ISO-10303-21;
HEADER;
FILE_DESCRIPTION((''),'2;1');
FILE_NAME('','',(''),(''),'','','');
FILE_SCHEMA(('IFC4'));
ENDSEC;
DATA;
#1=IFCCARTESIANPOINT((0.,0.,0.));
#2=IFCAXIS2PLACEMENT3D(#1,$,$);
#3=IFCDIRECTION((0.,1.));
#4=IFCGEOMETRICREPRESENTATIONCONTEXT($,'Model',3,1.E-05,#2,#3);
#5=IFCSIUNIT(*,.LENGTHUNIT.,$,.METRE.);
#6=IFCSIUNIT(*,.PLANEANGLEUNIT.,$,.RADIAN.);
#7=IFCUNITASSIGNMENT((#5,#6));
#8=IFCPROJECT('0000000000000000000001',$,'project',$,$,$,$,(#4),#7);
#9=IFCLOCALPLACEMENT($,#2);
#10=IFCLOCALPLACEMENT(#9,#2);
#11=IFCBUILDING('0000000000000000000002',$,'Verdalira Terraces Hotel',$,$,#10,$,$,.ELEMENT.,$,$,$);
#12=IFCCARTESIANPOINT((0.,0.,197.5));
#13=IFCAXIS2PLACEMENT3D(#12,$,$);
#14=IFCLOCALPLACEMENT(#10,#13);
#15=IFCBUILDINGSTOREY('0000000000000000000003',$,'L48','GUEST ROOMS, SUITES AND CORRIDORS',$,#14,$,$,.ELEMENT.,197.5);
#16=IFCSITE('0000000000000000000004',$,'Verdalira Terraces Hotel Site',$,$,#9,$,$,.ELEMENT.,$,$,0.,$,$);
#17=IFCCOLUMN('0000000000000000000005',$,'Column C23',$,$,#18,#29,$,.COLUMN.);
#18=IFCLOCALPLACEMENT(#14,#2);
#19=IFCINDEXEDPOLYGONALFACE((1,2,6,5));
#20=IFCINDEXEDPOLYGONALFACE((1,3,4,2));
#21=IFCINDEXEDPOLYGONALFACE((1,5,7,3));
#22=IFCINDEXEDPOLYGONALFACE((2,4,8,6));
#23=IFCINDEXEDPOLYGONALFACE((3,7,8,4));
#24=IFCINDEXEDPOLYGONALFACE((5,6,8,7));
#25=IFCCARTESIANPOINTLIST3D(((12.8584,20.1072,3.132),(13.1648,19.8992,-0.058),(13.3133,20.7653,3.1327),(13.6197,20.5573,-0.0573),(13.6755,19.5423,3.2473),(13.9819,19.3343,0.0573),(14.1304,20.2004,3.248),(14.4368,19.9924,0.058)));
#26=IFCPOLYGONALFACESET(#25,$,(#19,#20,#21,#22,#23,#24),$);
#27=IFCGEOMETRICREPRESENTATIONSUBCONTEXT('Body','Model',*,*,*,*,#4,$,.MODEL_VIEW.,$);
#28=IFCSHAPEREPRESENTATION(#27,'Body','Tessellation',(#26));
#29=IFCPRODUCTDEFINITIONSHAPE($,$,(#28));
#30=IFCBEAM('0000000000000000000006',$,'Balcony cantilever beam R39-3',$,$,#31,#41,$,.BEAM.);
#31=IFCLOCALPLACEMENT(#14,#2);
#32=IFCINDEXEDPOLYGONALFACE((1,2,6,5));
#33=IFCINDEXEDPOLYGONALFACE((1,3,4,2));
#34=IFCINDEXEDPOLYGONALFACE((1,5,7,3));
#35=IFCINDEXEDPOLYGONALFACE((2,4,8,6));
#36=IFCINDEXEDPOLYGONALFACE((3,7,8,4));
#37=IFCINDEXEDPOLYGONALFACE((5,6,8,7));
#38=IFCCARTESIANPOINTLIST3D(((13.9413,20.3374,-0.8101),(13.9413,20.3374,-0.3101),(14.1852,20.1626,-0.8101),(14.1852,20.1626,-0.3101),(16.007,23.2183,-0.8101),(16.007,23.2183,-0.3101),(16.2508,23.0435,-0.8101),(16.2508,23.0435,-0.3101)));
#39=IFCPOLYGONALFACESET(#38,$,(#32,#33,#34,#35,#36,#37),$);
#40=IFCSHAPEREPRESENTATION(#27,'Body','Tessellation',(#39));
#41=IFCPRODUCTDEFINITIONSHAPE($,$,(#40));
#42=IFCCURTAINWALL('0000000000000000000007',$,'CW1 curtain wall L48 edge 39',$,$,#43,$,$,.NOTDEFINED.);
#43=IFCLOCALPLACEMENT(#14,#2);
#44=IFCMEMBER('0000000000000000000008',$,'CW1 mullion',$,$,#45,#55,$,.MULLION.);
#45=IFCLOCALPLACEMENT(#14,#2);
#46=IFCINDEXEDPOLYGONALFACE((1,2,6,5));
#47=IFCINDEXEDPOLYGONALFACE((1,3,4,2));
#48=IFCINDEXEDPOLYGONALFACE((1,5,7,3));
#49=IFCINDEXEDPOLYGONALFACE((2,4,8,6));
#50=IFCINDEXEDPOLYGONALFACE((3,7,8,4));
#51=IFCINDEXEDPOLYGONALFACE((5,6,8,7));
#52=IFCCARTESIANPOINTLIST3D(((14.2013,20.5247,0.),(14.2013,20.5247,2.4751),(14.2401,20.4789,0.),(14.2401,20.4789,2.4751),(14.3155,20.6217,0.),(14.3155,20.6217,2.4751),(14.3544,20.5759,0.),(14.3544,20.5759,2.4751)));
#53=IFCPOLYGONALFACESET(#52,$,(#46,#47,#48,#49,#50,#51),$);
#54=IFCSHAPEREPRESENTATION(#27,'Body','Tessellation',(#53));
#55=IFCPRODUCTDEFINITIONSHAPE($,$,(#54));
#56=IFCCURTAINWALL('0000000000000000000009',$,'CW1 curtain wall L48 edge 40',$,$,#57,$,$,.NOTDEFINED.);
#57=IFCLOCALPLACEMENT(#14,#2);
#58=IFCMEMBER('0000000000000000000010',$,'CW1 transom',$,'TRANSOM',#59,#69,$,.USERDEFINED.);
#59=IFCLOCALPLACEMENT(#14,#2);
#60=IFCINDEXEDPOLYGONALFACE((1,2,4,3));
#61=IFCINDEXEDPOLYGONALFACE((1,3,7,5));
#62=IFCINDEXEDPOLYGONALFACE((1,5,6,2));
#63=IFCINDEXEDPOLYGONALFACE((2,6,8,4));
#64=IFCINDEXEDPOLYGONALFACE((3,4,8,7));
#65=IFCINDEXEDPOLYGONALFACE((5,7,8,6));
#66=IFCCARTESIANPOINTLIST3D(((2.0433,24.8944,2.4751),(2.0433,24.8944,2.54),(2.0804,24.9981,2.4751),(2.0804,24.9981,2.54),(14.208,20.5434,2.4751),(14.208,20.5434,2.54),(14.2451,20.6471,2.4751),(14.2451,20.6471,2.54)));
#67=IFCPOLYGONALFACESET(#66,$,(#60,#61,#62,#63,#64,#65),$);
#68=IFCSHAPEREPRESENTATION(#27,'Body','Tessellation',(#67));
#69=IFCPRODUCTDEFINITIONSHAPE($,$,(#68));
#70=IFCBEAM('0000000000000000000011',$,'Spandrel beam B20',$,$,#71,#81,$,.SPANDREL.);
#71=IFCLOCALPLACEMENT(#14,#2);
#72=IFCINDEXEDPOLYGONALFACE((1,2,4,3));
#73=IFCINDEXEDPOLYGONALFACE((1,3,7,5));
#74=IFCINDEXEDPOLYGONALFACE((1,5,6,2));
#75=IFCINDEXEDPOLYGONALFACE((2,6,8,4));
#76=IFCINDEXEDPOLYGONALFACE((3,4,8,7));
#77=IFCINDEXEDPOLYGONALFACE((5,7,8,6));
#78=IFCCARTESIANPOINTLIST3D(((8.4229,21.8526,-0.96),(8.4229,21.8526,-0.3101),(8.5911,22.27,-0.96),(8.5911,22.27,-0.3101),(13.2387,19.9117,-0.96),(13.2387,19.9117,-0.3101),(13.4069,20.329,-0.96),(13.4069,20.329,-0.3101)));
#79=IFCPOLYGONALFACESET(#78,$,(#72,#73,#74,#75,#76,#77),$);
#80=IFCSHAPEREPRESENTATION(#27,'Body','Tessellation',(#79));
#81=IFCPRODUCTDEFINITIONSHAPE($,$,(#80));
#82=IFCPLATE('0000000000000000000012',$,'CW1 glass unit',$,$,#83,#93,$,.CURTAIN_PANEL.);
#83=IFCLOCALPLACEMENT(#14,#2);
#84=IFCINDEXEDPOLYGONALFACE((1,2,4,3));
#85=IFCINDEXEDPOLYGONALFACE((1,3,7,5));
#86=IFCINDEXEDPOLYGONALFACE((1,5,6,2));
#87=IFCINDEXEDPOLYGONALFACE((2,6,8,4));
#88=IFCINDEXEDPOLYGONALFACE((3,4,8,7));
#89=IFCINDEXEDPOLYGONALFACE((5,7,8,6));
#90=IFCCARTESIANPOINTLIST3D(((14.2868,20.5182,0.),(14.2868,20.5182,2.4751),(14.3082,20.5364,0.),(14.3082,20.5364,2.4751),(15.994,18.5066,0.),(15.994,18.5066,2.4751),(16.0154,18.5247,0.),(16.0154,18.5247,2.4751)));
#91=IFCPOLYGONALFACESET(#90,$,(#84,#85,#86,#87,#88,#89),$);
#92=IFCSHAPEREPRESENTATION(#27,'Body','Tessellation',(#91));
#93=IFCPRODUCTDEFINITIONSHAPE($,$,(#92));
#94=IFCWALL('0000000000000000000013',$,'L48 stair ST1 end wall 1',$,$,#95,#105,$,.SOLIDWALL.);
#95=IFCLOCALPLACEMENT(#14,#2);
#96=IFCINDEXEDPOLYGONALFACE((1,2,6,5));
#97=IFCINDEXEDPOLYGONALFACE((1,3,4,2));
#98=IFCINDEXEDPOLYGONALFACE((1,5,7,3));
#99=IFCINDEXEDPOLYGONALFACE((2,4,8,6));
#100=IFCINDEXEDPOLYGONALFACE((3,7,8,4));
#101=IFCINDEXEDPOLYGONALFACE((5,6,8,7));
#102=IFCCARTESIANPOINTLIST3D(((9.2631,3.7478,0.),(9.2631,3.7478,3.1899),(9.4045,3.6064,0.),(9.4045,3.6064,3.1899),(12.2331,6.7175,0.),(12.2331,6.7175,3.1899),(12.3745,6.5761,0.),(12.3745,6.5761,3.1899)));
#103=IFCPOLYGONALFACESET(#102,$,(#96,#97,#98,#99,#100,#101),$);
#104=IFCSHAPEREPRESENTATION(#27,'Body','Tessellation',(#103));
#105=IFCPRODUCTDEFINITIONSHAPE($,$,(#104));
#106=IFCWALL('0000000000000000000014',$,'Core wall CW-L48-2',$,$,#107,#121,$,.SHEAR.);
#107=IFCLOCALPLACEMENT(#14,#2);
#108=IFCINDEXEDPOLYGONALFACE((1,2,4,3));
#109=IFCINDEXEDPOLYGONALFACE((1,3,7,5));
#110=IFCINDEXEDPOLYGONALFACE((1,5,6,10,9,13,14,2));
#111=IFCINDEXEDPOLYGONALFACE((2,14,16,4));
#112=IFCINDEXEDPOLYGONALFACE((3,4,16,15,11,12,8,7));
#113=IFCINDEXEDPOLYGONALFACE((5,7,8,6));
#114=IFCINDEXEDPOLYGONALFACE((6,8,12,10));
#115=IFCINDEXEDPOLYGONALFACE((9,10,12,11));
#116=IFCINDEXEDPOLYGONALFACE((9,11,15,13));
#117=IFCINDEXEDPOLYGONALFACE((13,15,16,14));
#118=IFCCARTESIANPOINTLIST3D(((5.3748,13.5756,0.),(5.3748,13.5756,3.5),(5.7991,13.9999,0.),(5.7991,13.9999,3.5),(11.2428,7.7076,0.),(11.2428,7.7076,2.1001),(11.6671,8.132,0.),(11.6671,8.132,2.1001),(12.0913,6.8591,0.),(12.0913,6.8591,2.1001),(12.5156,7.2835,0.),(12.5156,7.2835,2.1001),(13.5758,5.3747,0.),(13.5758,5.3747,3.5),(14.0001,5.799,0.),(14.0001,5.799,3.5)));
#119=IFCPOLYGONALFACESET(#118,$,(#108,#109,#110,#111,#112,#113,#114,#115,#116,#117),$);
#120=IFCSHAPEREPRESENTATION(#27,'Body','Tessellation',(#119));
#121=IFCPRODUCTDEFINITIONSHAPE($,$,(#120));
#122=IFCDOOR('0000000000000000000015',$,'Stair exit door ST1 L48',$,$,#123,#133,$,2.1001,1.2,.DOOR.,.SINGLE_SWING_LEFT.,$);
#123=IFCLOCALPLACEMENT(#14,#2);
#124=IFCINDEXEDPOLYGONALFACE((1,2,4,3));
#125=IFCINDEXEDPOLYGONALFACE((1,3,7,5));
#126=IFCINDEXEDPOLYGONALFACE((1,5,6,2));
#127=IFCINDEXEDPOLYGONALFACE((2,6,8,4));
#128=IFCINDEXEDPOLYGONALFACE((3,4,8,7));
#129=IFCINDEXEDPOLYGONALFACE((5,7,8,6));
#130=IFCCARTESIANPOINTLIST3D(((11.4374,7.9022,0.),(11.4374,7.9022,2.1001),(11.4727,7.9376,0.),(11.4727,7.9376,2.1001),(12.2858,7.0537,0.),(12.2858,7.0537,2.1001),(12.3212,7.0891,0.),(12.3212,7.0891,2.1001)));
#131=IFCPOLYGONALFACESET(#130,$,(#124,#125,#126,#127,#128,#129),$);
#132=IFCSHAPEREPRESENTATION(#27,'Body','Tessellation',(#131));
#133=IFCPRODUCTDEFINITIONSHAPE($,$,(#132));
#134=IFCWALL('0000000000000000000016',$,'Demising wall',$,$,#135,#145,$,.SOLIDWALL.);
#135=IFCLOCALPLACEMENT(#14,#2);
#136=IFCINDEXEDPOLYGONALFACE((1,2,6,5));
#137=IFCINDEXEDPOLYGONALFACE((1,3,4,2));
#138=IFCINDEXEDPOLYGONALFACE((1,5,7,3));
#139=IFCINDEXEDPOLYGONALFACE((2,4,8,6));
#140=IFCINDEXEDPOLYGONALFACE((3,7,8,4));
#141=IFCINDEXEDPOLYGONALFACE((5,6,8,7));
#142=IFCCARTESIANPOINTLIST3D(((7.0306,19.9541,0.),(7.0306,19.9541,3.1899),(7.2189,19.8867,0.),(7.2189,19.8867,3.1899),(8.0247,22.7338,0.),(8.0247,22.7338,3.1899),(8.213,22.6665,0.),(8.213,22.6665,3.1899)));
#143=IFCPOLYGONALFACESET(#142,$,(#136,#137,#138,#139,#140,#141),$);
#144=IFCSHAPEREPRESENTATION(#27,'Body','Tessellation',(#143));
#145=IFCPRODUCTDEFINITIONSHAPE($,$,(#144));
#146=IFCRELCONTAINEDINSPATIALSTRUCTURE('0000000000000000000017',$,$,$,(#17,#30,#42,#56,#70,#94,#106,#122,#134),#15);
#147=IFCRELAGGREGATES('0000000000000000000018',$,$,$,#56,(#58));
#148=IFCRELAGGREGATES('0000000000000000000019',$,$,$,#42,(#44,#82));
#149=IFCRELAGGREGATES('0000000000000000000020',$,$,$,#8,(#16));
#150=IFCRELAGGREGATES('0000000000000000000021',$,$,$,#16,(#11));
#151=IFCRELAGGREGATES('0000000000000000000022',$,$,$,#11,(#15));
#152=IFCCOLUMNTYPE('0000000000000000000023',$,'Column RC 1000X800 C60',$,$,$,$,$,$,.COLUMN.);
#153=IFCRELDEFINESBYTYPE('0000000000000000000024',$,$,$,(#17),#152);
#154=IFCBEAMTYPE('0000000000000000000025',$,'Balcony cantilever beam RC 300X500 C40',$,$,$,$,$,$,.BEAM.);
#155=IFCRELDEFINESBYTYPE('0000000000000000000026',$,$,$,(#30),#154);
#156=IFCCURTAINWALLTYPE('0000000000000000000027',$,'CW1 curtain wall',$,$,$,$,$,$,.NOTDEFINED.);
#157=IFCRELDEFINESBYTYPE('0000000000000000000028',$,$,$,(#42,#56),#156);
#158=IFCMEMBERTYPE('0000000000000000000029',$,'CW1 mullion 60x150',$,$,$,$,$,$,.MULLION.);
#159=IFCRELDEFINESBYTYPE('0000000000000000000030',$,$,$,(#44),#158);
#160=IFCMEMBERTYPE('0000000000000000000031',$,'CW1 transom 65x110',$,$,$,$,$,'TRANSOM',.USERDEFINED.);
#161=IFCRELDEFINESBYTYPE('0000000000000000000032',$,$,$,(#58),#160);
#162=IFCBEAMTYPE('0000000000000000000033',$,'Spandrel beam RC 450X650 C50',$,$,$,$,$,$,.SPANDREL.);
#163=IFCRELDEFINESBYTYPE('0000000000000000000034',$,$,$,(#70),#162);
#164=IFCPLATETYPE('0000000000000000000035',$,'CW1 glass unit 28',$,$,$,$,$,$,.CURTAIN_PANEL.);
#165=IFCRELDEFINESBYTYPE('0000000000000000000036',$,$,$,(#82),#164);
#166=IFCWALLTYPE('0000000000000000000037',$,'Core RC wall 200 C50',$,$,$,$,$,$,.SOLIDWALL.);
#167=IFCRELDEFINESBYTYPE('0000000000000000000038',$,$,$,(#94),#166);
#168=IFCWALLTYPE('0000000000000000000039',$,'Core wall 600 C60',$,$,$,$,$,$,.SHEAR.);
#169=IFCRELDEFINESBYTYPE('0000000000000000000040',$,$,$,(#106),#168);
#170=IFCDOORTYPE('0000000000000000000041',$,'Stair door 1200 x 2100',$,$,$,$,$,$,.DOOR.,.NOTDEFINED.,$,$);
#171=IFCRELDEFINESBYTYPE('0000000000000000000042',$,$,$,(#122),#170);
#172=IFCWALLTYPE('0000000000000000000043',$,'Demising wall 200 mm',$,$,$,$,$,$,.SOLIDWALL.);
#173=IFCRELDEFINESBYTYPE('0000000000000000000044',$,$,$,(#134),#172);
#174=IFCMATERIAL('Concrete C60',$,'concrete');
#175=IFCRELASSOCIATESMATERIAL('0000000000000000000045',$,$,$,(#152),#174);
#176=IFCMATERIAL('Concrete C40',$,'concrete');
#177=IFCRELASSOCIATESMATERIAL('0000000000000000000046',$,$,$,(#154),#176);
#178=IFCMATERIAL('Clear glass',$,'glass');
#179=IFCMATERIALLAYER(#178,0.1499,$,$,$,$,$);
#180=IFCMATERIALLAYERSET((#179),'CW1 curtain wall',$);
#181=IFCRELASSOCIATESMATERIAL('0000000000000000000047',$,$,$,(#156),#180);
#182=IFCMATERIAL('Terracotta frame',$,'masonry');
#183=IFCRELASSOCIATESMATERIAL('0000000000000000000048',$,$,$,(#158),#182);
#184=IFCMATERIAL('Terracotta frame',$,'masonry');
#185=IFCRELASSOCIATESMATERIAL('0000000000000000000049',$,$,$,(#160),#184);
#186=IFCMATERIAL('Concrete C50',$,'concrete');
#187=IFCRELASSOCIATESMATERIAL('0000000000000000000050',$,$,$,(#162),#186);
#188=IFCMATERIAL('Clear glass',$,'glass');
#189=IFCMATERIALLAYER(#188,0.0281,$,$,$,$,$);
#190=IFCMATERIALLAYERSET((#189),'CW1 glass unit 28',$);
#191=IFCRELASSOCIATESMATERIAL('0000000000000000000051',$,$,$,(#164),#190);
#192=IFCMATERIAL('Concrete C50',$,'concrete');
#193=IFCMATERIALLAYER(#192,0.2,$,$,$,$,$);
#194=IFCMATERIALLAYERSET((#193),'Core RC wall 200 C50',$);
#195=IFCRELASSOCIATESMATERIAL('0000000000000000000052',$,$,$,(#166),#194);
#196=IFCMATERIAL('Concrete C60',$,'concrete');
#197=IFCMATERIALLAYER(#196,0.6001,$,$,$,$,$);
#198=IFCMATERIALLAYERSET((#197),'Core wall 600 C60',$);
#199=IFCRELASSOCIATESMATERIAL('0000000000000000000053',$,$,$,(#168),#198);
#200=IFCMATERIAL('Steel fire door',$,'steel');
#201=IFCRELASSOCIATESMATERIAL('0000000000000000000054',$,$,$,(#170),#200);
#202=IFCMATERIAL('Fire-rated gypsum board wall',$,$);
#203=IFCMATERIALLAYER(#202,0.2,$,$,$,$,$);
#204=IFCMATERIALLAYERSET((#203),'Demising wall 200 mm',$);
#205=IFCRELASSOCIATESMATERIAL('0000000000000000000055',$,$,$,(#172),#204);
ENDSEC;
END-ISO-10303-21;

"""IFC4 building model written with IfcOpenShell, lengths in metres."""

from ifc_helpers import new_model, si_unit, direction, frame, frame_2d, origin, origin_2d, place, context, subcontext, project, spatial, rectangle, extrude, material, layer, layer_set, material_profile, profile_set, type_object, element, fill, aggregate, save


model = new_model("IFC4")

# Units and contexts
model_context = context("Model", 3, precision=1e-05, world=origin(), true_north=direction((0.0, 1.0)))
body_context = subcontext(model_context, "Body", "Model", "MODEL_VIEW")
ifc_project = project(units=[si_unit("LENGTHUNIT", "METRE"), si_unit("PLANEANGLEUNIT", "RADIAN")], contexts=[model_context])

# Site, building, storey
site_placement = place(None, origin())
site = spatial("IfcSite", under=ifc_project, at=site_placement, Name="Verdalira Terraces Hotel Site", CompositionType="ELEMENT", RefElevation=0.0)
building_placement = place(site_placement, origin())
building = spatial("IfcBuilding", under=site, at=building_placement, Name="Verdalira Terraces Hotel", CompositionType="ELEMENT")
storey_placement = place(building_placement, frame((0.0, 0.0, 197.5)))
storey = spatial("IfcBuildingStorey", under=building, at=storey_placement, Name="L48", Description="GUEST ROOMS, SUITES AND CORRIDORS", CompositionType="ELEMENT", Elevation=197.5)

# Column
ifc_material_1 = material(Name="Concrete C60", Category="concrete")
ifc_material_profile_1 = material_profile(ifc_material_1, rectangle(XDim=1.0, YDim=0.8, at=origin_2d()), Name="RC 1000X800")
ifc_profile_set_1 = profile_set([ifc_material_profile_1], Name="Concrete C60")
column_type = type_object("IfcColumnType", Name="Column RC 1000X800 C60", PredefinedType="COLUMN", material=ifc_profile_set_1)
column_placement = place(storey_placement, frame((13.8008, 19.9458, 0.0), z_axis=(-0.09541, 0.064772, 0.993328), x_axis=(0.81707, -0.564889, 0.115315)))
element("IfcColumn", 1, at=column_placement, inside=storey, type_object=column_type, Name="Column C23", PredefinedType="COLUMN", context=body_context, shape_type="SweptSolid", body=[
    extrude(rectangle(XDim=1.0, YDim=0.8, at=origin_2d()), origin(), (0.0, 0.0, 1.0), 3.2114),
])

# Beam
ifc_material_2 = material(Name="Concrete C40", Category="concrete")
ifc_material_profile_2 = material_profile(ifc_material_2, rectangle(XDim=0.3, YDim=0.5, at=origin_2d()), Name="RC 300X500")
ifc_profile_set_2 = profile_set([ifc_material_profile_2], Name="Concrete C40")
beam_type_1 = type_object("IfcBeamType", Name="Balcony cantilever beam RC 300X500 C40", PredefinedType="BEAM", material=ifc_profile_set_2)
beam_1_placement = place(storey_placement, frame((14.0632, 20.25, -0.5601), z_axis=(0.582716, 0.812676, 0.0), x_axis=(-0.812676, 0.582716, 0.0)))
element("IfcBeam", 2, at=beam_1_placement, inside=storey, type_object=beam_type_1, Name="Balcony cantilever beam R39-3", PredefinedType="BEAM", context=body_context, shape_type="SweptSolid", body=[
    extrude(rectangle(XDim=0.3, YDim=0.5, at=origin_2d()), origin(), (0.0, 0.0, 1.0), 3.5449),
])

# Curtain walls, members
ifc_material_3 = material(Name="Clear glass", Category="glass")
ifc_layer_1 = layer(ifc_material_3, 0.1499)
ifc_layer_set_1 = layer_set([ifc_layer_1], Name="CW1 curtain wall")
curtain_wall_type = type_object("IfcCurtainWallType", Name="CW1 curtain wall", PredefinedType="NOTDEFINED", material=ifc_layer_set_1)
curtain_wall_1_placement = place(storey_placement, origin())
curtain_wall_1 = element("IfcCurtainWall", 3, at=curtain_wall_1_placement, inside=storey, type_object=curtain_wall_type, Name="CW1 curtain wall L48 edge 39", PredefinedType="NOTDEFINED")
ifc_material_4 = material(Name="Terracotta frame", Category="masonry")
ifc_material_profile_3 = material_profile(ifc_material_4, rectangle(XDim=0.0601, YDim=0.1499, at=origin_2d()), Name="MU 60x150")
ifc_profile_set_3 = profile_set([ifc_material_profile_3], Name="Terracotta frame")
member_type_1 = type_object("IfcMemberType", Name="CW1 mullion 60x150", PredefinedType="MULLION", material=ifc_profile_set_3)
member_1_placement = place(storey_placement, frame((14.2778, 20.5503, 0.0), z_axis=(0.0, 0.0, 1.0), x_axis=(-0.647056, 0.762443, 0.0)))
member_1 = element("IfcMember", 4, at=member_1_placement, type_object=member_type_1, Name="CW1 mullion", PredefinedType="MULLION", context=body_context, shape_type="SweptSolid", body=[
    extrude(rectangle(XDim=0.0601, YDim=0.1499, at=origin_2d()), origin(), (0.0, 0.0, 1.0), 2.4751),
])
curtain_wall_2_placement = place(storey_placement, origin())
curtain_wall_2 = element("IfcCurtainWall", 5, at=curtain_wall_2_placement, inside=storey, type_object=curtain_wall_type, Name="CW1 curtain wall L48 edge 40", PredefinedType="NOTDEFINED")
ifc_material_5 = material(Name="Terracotta frame", Category="masonry")
ifc_material_profile_4 = material_profile(ifc_material_5, rectangle(XDim=0.1101, YDim=0.0649, at=origin_2d()), Name="TR 65x110")
ifc_profile_set_4 = profile_set([ifc_material_profile_4], Name="Terracotta frame")
member_type_2 = type_object("IfcMemberType", Name="CW1 transom 65x110", ElementType="TRANSOM", PredefinedType="USERDEFINED", material=ifc_profile_set_4)
member_2_placement = place(storey_placement, frame((14.2266, 20.5952, 2.5076), z_axis=(-0.941582, 0.336783, 0.0), x_axis=(-0.336783, -0.941582, 0.0)))
member_2 = element("IfcMember", 6, at=member_2_placement, type_object=member_type_2, Name="CW1 transom", ObjectType="TRANSOM", PredefinedType="USERDEFINED", context=body_context, shape_type="SweptSolid", body=[
    extrude(rectangle(XDim=0.1101, YDim=0.0649, at=origin_2d()), origin(), (0.0, 0.0, 1.0), 12.9194),
])
aggregate(curtain_wall_2, [member_2])

# Beam
ifc_material_6 = material(Name="Concrete C50", Category="concrete")
ifc_material_profile_5 = material_profile(ifc_material_6, rectangle(XDim=0.45, YDim=0.6499, at=origin_2d()), Name="RC 450X650")
ifc_profile_set_5 = profile_set([ifc_material_profile_5], Name="Concrete C50")
beam_type_2 = type_object("IfcBeamType", Name="Spandrel beam RC 450X650 C50", PredefinedType="SPANDREL", material=ifc_profile_set_5)
beam_2_placement = place(storey_placement, frame((13.3228, 20.1204, -0.635), z_axis=(-0.927501, 0.373822, 0.0), x_axis=(-0.373822, -0.927501, 0.0)))
element("IfcBeam", 7, at=beam_2_placement, inside=storey, type_object=beam_type_2, Name="Spandrel beam B20", PredefinedType="SPANDREL", context=body_context, shape_type="SweptSolid", body=[
    extrude(rectangle(XDim=0.45, YDim=0.6499, at=origin_2d()), origin(), (0.0, 0.0, 1.0), 5.1921),
])

# Plate
ifc_material_7 = material(Name="Clear glass", Category="glass")
ifc_layer_2 = layer(ifc_material_7, 0.0281)
ifc_layer_set_2 = layer_set([ifc_layer_2], Name="CW1 glass unit 28")
plate_type = type_object("IfcPlateType", Name="CW1 glass unit 28", PredefinedType="CURTAIN_PANEL", material=ifc_layer_set_2)
plate_placement = place(storey_placement, frame((15.1511, 19.5215, 0.0), z_axis=(0.0, 0.0, 1.0), x_axis=(-0.647056, 0.762443, 0.0)))
plate = element("IfcPlate", 8, at=plate_placement, type_object=plate_type, Name="CW1 glass unit", PredefinedType="CURTAIN_PANEL", context=body_context, shape_type="SweptSolid", body=[
    extrude(rectangle(XDim=2.6384, YDim=0.0281, at=origin_2d()), origin(), (0.0, 0.0, 1.0), 2.4751),
])
aggregate(curtain_wall_1, [member_1, plate])

# Wall
ifc_material_8 = material(Name="Concrete C50", Category="concrete")
ifc_layer_3 = layer(ifc_material_8, 0.2)
ifc_layer_set_3 = layer_set([ifc_layer_3], Name="Core RC wall 200 C50")
wall_type_1 = type_object("IfcWallType", Name="Core RC wall 200 C50", PredefinedType="SOLIDWALL", material=ifc_layer_set_3)
wall_1_placement = place(storey_placement, frame((9.3337, 3.677, 0.0), z_axis=(0.0, 0.0, 1.0), x_axis=(0.707136, 0.707078, 0.0)))
element("IfcWall", 9, at=wall_1_placement, inside=storey, type_object=wall_type_1, Name="L48 stair ST1 end wall 1", PredefinedType="SOLIDWALL", context=body_context, shape_type="SweptSolid", body=[
    extrude(rectangle(XDim=4.2, YDim=0.2, at=frame_2d((2.1001, 0.0))), origin(), (0.0, 0.0, 1.0), 3.1899),
])

# Wall, opening, door
ifc_material_9 = material(Name="Concrete C60", Category="concrete")
ifc_layer_4 = layer(ifc_material_9, 0.6001)
ifc_layer_set_4 = layer_set([ifc_layer_4], Name="Core wall 600 C60")
wall_type_2 = type_object("IfcWallType", Name="Core wall 600 C60", PredefinedType="SHEAR", material=ifc_layer_set_4)
wall_2_placement = place(storey_placement, frame((13.7878, 5.5869, 0.0), z_axis=(0.0, 0.0, 1.0), x_axis=(-0.707107, 0.707107, 0.0)))
wall_2 = element("IfcWall", 10, at=wall_2_placement, inside=storey, type_object=wall_type_2, Name="Core wall CW-L48-2", PredefinedType="SHEAR", context=body_context, shape_type="SweptSolid", body=[
    extrude(rectangle(XDim=11.5979, YDim=0.6001, at=frame_2d((5.7988, 0.0))), origin(), (0.0, 0.0, 1.0), 3.5),
])
opening_1_placement = place(wall_2_placement, frame((2.0991, 0.0, 0.0)))
opening_1 = element("IfcOpeningElement", 11, at=opening_1_placement, cuts=wall_2, PredefinedType="OPENING", context=body_context, shape_type="SweptSolid", body=[
    extrude(rectangle(XDim=1.2, YDim=2.1001, at=frame_2d((0.6001, 1.05))), frame((0.0, 0.3101, 0.0), z_axis=(0.0, -1.0, 0.0), x_axis=(1.0, 0.0, 0.0)), (0.0, 0.0, 1.0), 0.6201),
])
ifc_material_10 = material(Name="Steel fire door", Category="steel")
door_type_1 = type_object("IfcDoorType", Name="Stair door 1200 x 2100", OperationType="NOTDEFINED", PredefinedType="DOOR", material=ifc_material_10)
door_1_placement = place(opening_1_placement, origin())
door_1 = element("IfcDoor", 12, at=door_1_placement, inside=storey, type_object=door_type_1, Name="Stair exit door ST1 L48", OperationType="SINGLE_SWING_LEFT", OverallHeight=2.1001, OverallWidth=1.2, PredefinedType="DOOR", context=body_context, shape_type="SweptSolid", body=[
    extrude(rectangle(XDim=1.2, YDim=2.1001, at=frame_2d((0.6001, 1.05))), frame((0.0, 0.0249, 0.0), z_axis=(0.0, -1.0, 0.0), x_axis=(1.0, 0.0, 0.0)), (0.0, 0.0, 1.0), 0.05),
])
fill(opening_1, door_1)

# Wall
ifc_material_11 = material(Name="Fire-rated gypsum board wall")
ifc_layer_5 = layer(ifc_material_11, 0.2)
ifc_layer_set_5 = layer_set([ifc_layer_5], Name="Demising wall 200 mm")
wall_type_3 = type_object("IfcWallType", Name="Demising wall 200 mm", PredefinedType="SOLIDWALL", material=ifc_layer_set_5)
wall_3_placement = place(storey_placement, frame((7.1248, 19.9204, 0.0), z_axis=(0.0, 0.0, 1.0), x_axis=(0.336745, 0.941596, 0.0)))
element("IfcWall", 13, at=wall_3_placement, inside=storey, type_object=wall_type_3, Name="Demising wall", PredefinedType="SOLIDWALL", context=body_context, shape_type="SweptSolid", body=[
    extrude(rectangle(XDim=2.9521, YDim=0.2, at=frame_2d((1.4761, 0.0))), origin(), (0.0, 0.0, 1.0), 3.1899),
])

save(model, "model.ifc")
